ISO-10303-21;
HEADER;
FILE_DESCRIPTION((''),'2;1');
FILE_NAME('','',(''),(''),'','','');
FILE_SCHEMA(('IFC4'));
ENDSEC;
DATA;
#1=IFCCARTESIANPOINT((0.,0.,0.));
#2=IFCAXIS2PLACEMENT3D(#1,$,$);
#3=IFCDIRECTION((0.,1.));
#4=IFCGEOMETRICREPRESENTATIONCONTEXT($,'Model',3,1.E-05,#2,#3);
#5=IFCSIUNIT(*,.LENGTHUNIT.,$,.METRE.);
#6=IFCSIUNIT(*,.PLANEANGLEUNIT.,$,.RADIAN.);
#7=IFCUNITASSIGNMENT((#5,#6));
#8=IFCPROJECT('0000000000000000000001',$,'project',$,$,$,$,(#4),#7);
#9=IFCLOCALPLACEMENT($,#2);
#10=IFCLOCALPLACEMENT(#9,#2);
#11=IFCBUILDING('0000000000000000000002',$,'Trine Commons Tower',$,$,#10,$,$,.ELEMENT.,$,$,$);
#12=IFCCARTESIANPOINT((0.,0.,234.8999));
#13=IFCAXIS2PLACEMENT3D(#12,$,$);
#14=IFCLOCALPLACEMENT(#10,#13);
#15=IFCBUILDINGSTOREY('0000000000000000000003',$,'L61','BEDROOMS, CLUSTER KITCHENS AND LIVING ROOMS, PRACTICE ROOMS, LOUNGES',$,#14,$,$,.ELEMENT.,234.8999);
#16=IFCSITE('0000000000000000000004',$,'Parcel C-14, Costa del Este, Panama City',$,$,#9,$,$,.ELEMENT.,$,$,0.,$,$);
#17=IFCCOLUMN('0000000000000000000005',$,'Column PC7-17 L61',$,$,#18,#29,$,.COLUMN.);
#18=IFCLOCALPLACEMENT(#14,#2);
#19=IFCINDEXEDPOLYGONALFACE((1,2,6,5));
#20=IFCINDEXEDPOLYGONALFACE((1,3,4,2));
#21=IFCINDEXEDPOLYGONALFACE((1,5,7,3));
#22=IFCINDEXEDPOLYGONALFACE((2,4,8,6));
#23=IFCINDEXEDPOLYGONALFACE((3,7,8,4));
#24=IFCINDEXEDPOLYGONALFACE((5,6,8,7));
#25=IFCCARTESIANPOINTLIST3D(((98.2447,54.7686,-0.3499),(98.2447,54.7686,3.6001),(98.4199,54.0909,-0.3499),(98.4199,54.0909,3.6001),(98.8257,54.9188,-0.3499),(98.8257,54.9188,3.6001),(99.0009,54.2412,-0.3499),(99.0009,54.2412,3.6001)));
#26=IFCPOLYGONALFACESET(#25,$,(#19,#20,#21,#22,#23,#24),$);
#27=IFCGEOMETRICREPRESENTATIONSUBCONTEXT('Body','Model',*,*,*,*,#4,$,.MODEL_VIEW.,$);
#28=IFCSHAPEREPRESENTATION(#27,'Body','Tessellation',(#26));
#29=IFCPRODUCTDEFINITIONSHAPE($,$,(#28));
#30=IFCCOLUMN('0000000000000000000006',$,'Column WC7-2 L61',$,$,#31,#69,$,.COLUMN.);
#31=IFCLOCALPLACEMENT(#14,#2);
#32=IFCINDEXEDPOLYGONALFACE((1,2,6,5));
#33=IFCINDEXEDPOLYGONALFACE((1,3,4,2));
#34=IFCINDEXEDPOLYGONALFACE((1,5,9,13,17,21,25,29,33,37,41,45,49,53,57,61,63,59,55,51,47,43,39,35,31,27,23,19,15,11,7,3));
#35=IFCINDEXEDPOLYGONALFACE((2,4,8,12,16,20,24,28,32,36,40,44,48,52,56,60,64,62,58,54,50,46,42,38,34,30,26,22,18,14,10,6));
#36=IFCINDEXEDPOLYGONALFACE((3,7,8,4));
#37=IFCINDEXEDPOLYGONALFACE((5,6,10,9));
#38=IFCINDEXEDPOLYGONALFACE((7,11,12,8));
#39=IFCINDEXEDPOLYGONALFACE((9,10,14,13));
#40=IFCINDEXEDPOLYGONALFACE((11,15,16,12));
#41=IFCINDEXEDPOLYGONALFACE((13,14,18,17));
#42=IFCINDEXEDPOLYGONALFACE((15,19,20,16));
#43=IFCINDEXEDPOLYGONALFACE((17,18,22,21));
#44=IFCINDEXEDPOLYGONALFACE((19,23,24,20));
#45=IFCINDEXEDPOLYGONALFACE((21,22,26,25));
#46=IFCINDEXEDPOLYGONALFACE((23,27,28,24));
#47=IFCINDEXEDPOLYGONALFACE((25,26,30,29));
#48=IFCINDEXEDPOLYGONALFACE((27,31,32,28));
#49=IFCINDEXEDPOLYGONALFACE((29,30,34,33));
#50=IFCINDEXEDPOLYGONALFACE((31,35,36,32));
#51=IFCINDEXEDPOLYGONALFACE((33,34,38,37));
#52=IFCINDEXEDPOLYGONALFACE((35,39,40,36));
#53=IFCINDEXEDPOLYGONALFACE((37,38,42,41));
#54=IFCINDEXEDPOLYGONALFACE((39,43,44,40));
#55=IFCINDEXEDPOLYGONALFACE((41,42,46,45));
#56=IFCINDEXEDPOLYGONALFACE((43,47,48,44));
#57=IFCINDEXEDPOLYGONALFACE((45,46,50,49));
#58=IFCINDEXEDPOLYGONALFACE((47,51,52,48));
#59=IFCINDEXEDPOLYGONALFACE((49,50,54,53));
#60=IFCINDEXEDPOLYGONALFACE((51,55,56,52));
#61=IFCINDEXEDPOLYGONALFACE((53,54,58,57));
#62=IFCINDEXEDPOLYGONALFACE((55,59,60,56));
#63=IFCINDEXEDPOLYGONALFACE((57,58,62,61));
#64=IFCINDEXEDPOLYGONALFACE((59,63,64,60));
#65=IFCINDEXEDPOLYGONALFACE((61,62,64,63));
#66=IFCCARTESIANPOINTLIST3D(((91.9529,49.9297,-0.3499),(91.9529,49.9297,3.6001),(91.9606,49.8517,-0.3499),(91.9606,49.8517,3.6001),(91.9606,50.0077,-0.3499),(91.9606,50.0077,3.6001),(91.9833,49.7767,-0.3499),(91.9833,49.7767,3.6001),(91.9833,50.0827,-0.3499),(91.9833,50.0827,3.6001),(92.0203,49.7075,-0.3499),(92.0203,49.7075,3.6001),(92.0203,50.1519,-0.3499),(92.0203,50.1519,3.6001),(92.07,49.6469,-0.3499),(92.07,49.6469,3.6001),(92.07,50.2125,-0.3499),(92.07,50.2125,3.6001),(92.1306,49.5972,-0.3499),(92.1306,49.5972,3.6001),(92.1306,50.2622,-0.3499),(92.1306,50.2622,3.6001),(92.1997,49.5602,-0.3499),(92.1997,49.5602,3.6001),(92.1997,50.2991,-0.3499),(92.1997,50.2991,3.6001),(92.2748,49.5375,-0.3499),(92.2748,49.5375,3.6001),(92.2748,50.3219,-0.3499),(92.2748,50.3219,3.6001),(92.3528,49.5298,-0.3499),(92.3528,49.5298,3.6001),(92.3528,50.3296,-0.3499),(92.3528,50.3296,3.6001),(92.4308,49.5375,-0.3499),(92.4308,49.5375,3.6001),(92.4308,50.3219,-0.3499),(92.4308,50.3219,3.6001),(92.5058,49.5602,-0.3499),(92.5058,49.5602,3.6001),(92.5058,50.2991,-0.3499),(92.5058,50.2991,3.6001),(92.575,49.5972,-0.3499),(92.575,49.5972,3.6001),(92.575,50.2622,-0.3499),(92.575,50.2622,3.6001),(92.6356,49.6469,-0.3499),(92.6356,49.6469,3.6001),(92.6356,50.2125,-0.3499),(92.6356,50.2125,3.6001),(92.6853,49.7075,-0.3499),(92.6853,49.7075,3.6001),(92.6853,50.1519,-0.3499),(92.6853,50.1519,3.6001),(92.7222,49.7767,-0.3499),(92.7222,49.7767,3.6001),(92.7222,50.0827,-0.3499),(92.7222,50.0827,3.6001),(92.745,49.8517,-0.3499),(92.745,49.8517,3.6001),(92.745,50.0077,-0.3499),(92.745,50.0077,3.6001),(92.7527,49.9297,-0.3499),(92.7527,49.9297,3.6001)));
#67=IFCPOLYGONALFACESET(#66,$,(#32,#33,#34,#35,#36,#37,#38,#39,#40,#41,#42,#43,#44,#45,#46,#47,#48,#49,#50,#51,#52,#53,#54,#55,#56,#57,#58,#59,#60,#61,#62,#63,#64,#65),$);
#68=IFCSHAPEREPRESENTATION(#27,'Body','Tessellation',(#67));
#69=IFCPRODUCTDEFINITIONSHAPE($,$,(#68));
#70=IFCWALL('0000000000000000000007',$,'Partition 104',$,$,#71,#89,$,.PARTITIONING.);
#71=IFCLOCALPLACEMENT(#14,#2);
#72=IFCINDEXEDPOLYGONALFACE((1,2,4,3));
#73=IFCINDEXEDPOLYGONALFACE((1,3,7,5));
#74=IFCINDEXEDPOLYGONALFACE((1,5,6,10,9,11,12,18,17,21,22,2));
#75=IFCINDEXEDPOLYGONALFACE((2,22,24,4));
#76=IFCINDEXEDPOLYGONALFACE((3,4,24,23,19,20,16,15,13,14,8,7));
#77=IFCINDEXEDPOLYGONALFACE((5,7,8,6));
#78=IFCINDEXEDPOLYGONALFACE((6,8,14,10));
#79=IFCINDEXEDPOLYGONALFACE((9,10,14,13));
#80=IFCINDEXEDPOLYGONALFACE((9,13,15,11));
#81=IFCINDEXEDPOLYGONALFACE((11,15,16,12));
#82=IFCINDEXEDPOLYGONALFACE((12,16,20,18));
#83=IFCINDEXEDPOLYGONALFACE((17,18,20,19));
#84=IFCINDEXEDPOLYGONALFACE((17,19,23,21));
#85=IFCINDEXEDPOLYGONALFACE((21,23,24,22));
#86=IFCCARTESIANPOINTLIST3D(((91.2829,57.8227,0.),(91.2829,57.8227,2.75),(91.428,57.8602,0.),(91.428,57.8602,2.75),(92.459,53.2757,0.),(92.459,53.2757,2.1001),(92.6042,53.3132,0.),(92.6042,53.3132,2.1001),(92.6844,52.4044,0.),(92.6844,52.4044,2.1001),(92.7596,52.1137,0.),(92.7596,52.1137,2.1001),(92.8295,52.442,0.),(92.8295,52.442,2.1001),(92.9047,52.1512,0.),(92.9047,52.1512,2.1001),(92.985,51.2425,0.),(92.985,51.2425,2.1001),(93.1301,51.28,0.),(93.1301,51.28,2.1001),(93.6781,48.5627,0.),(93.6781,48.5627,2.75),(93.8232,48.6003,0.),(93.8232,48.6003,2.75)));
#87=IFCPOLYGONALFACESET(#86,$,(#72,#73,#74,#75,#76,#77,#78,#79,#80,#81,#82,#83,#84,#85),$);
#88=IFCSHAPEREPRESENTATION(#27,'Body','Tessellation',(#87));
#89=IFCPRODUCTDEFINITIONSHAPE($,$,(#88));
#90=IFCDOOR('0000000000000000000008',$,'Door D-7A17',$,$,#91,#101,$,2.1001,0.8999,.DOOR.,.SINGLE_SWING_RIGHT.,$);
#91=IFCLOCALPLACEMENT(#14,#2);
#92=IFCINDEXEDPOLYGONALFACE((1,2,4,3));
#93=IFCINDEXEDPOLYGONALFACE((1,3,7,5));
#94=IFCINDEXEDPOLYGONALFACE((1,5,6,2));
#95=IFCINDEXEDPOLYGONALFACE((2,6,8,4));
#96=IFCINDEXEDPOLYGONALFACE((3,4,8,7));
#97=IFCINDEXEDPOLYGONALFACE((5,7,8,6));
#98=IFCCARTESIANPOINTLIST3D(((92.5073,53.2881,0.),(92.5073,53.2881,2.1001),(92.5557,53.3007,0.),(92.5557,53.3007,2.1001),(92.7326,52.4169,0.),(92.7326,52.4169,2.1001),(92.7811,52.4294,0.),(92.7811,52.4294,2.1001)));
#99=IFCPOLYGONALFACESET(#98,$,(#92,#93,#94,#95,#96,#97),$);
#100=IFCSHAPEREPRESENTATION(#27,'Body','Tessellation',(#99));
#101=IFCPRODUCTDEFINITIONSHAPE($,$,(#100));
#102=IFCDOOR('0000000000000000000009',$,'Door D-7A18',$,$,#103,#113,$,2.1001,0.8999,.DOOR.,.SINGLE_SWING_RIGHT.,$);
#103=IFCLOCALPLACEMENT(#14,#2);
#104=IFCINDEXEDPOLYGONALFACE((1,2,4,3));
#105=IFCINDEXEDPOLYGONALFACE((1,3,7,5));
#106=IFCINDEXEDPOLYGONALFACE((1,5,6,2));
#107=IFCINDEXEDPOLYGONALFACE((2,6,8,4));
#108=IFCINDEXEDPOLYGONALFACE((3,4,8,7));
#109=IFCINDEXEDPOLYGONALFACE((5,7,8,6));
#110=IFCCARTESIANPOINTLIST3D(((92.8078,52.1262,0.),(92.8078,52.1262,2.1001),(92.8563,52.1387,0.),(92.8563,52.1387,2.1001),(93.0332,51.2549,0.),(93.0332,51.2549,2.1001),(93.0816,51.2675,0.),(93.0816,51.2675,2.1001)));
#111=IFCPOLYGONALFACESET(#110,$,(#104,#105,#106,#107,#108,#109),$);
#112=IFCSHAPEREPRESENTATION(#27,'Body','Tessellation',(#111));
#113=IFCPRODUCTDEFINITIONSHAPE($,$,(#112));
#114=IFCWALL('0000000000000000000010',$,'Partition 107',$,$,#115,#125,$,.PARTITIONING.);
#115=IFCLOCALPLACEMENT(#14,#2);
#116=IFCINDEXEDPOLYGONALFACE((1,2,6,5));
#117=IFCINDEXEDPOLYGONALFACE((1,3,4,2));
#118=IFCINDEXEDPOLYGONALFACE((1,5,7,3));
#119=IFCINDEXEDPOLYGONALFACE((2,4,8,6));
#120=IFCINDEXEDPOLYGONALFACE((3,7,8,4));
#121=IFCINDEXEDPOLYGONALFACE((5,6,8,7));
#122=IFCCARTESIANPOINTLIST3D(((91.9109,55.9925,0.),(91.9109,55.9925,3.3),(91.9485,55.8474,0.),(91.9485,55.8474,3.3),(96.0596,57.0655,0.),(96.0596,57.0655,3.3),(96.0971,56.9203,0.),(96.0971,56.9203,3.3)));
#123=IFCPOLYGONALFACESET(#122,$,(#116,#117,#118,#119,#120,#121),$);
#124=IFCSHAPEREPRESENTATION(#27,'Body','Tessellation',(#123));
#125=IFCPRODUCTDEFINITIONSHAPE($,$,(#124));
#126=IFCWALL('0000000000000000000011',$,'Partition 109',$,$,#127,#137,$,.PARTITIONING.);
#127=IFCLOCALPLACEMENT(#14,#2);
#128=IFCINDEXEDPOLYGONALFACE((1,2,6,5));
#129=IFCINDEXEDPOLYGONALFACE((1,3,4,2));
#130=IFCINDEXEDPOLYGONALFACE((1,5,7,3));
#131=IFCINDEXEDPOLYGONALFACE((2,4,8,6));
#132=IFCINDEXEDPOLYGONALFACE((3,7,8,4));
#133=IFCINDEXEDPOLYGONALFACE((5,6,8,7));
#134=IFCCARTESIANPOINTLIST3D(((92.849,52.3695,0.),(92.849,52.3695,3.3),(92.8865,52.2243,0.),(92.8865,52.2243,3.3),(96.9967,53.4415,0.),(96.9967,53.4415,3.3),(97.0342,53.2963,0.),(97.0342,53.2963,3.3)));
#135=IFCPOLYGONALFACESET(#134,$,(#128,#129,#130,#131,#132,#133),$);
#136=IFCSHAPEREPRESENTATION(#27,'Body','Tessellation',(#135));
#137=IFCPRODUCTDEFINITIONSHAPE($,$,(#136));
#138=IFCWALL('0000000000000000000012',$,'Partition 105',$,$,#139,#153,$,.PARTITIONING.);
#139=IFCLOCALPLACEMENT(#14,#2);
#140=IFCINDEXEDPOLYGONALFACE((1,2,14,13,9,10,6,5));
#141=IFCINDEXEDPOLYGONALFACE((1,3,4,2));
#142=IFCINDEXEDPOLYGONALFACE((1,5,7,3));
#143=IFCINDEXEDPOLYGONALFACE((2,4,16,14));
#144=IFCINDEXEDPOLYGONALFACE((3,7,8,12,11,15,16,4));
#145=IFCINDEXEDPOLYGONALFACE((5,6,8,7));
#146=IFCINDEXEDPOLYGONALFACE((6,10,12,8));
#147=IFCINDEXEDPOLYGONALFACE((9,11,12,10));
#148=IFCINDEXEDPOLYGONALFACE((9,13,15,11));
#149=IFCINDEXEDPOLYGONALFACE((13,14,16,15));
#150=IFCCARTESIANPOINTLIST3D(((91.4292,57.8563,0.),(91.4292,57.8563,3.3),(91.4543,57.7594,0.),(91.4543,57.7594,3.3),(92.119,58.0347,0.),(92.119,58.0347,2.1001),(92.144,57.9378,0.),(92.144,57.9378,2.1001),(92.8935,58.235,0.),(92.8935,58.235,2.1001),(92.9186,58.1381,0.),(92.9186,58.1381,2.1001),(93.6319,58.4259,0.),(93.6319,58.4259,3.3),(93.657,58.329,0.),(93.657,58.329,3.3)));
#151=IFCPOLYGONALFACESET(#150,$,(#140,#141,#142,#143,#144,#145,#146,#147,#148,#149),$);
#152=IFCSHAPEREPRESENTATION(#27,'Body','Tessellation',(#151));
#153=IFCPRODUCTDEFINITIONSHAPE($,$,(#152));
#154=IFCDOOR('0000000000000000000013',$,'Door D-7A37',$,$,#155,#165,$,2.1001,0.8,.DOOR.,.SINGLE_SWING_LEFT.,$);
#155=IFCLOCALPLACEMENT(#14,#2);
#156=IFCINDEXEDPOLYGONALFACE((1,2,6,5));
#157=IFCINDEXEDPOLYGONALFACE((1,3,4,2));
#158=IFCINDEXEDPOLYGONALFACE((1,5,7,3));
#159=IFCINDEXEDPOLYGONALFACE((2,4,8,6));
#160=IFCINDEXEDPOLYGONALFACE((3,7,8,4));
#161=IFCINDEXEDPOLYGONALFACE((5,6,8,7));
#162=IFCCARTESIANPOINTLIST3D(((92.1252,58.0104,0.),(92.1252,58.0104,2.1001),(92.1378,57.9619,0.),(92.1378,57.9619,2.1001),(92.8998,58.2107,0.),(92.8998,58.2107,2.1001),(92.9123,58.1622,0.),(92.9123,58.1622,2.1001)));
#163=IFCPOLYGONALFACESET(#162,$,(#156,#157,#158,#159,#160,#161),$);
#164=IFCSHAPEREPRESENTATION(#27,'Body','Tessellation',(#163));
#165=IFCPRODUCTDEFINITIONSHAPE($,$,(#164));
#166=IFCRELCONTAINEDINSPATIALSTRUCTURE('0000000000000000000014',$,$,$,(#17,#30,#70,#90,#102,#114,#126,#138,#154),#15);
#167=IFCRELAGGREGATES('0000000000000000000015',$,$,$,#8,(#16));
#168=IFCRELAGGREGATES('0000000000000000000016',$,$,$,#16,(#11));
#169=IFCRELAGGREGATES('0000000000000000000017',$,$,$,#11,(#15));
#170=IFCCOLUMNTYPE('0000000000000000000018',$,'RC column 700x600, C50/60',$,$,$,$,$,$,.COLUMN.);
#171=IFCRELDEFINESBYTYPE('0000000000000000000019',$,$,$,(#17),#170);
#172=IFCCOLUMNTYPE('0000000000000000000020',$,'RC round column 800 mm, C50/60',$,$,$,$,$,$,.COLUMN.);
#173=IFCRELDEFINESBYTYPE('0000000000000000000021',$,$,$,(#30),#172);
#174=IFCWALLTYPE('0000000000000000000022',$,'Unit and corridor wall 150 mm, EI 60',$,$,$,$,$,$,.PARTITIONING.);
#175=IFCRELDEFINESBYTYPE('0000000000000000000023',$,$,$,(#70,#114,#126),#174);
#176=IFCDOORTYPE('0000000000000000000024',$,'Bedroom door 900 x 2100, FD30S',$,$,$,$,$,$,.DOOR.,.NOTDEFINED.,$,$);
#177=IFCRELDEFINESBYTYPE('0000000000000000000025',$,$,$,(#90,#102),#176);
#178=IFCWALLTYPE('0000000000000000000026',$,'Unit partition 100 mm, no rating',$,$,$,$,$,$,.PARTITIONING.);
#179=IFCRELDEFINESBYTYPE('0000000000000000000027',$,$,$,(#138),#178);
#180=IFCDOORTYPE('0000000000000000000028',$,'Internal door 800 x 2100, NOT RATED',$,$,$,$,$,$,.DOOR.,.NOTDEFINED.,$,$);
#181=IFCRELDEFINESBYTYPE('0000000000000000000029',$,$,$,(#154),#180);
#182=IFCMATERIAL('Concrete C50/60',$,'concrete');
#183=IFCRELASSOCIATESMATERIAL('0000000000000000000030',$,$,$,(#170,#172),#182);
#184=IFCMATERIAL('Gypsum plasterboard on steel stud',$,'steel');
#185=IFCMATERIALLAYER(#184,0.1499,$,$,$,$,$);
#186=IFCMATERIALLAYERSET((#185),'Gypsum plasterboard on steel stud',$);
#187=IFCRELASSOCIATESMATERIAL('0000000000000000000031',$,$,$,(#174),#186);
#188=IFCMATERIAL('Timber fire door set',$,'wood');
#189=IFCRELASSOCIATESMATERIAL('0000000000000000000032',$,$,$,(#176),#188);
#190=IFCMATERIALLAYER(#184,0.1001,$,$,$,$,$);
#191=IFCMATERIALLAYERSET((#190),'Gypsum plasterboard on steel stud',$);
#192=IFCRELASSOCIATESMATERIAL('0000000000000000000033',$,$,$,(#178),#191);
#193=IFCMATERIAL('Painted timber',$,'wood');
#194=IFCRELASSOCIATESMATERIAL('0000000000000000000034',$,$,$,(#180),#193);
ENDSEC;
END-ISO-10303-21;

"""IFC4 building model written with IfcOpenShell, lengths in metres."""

from ifc_helpers import new_model, si_unit, direction, frame, frame_2d, origin, origin_2d, place, context, subcontext, project, spatial, rectangle, circle, extrude, material, layer, layer_set, material_profile, profile_set, type_object, element, fill, save


model = new_model("IFC4")

# Units and contexts
model_context = context("Model", 3, precision=1e-05, world=origin(), true_north=direction((0.0, 1.0)))
body_context = subcontext(model_context, "Body", "Model", "MODEL_VIEW")
ifc_project = project(units=[si_unit("LENGTHUNIT", "METRE"), si_unit("PLANEANGLEUNIT", "RADIAN")], contexts=[model_context])

# Site, building, storey
site_placement = place(None, origin())
site = spatial("IfcSite", under=ifc_project, at=site_placement, Name="Parcel C-14, Costa del Este, Panama City", CompositionType="ELEMENT", RefElevation=0.0)
building_placement = place(site_placement, origin())
building = spatial("IfcBuilding", under=site, at=building_placement, Name="Trine Commons Tower", CompositionType="ELEMENT")
storey_placement = place(building_placement, frame((0.0, 0.0, 234.8999)))
storey = spatial("IfcBuildingStorey", under=building, at=storey_placement, Name="L61", Description="BEDROOMS, CLUSTER KITCHENS AND LIVING ROOMS, PRACTICE ROOMS, LOUNGES", CompositionType="ELEMENT", Elevation=234.8999)

# Columns
ifc_material_1 = material(Name="Concrete C50/60", Category="concrete")
ifc_material_profile_1 = material_profile(ifc_material_1, rectangle(XDim=0.7, YDim=0.6001, at=origin_2d()), Name="RC 700x600")
ifc_profile_set_1 = profile_set([ifc_material_profile_1], Name="Concrete C50/60")
column_type_1 = type_object("IfcColumnType", Name="RC column 700x600, C50/60", PredefinedType="COLUMN", material=ifc_profile_set_1)
column_1_placement = place(storey_placement, frame((98.6228, 54.5049, -0.3499), z_axis=(0.0, 0.0, 1.0), x_axis=(-0.25038, 0.968148, 0.0)))
element("IfcColumn", 1, at=column_1_placement, inside=storey, type_object=column_type_1, Name="Column PC7-17 L61", PredefinedType="COLUMN", context=body_context, shape_type="SweptSolid", body=[
    extrude(rectangle(XDim=0.7, YDim=0.6001, at=origin_2d()), origin(), (0.0, 0.0, 1.0), 3.95),
])
ifc_material_profile_2 = material_profile(ifc_material_1, circle(Radius=0.3999, at=origin_2d()), Name="RC round 800")
ifc_profile_set_2 = profile_set([ifc_material_profile_2], Name="Concrete C50/60")
column_type_2 = type_object("IfcColumnType", Name="RC round column 800 mm, C50/60", PredefinedType="COLUMN", material=ifc_profile_set_2)
column_2_placement = place(storey_placement, frame((92.3528, 49.9297, -0.3499), z_axis=(0.0, 0.0, 1.0), x_axis=(1.0, 0.0, 0.0)))
element("IfcColumn", 2, at=column_2_placement, inside=storey, type_object=column_type_2, Name="Column WC7-2 L61", PredefinedType="COLUMN", context=body_context, shape_type="SweptSolid", body=[
    extrude(circle(Radius=0.3999, at=origin_2d()), origin(), (0.0, 0.0, 1.0), 3.95),
])

# Wall, openings, doors
ifc_material_2 = material(Name="Gypsum plasterboard on steel stud", Category="steel")
ifc_layer_1 = layer(ifc_material_2, 0.1499)
ifc_layer_set_1 = layer_set([ifc_layer_1], Name="Gypsum plasterboard on steel stud")
wall_type_1 = type_object("IfcWallType", Name="Unit and corridor wall 150 mm, EI 60", PredefinedType="PARTITIONING", material=ifc_layer_set_1)
wall_1_placement = place(storey_placement, frame((91.3555, 57.8413, 0.0), z_axis=(0.0, 0.0, 1.0), x_axis=(0.250425, -0.968136, 0.0)))
wall_1 = element("IfcWall", 3, at=wall_1_placement, inside=storey, type_object=wall_type_1, Name="Partition 104", PredefinedType="PARTITIONING", context=body_context, shape_type="SweptSolid", body=[
    extrude(rectangle(XDim=9.5647, YDim=0.1499, at=frame_2d((4.7822, 0.0))), origin(), (0.0, 0.0, 1.0), 2.75),
])
opening_1_placement = place(wall_1_placement, frame((4.6965, 0.0, 0.0)))
opening_1 = element("IfcOpeningElement", 4, at=opening_1_placement, cuts=wall_1, PredefinedType="OPENING", context=body_context, shape_type="SweptSolid", body=[
    extrude(rectangle(XDim=0.8999, YDim=2.1001, at=frame_2d((0.45, 1.05))), frame((0.0, 0.085, 0.0), z_axis=(0.0, -1.0, 0.0), x_axis=(1.0, 0.0, 0.0)), (0.0, 0.0, 1.0), 0.1699),
])
opening_2_placement = place(wall_1_placement, frame((5.8967, 0.0, 0.0)))
opening_2 = element("IfcOpeningElement", 5, at=opening_2_placement, cuts=wall_1, PredefinedType="OPENING", context=body_context, shape_type="SweptSolid", body=[
    extrude(rectangle(XDim=0.8999, YDim=2.1001, at=frame_2d((0.45, 1.05))), frame((0.0, 0.085, 0.0), z_axis=(0.0, -1.0, 0.0), x_axis=(1.0, 0.0, 0.0)), (0.0, 0.0, 1.0), 0.1699),
])
ifc_material_3 = material(Name="Timber fire door set", Category="wood")
door_type_1 = type_object("IfcDoorType", Name="Bedroom door 900 x 2100, FD30S", OperationType="NOTDEFINED", PredefinedType="DOOR", material=ifc_material_3)
door_1_placement = place(opening_1_placement, origin())
door_1 = element("IfcDoor", 6, at=door_1_placement, inside=storey, type_object=door_type_1, Name="Door D-7A17", OperationType="SINGLE_SWING_RIGHT", OverallHeight=2.1001, OverallWidth=0.8999, PredefinedType="DOOR", context=body_context, shape_type="SweptSolid", body=[
    extrude(rectangle(XDim=0.8999, YDim=2.1001, at=frame_2d((0.45, 1.05))), frame((0.0, 0.0249, 0.0), z_axis=(0.0, -1.0, 0.0), x_axis=(1.0, 0.0, 0.0)), (0.0, 0.0, 1.0), 0.05),
])
fill(opening_1, door_1)
door_2_placement = place(opening_2_placement, origin())
door_2 = element("IfcDoor", 7, at=door_2_placement, inside=storey, type_object=door_type_1, Name="Door D-7A18", OperationType="SINGLE_SWING_RIGHT", OverallHeight=2.1001, OverallWidth=0.8999, PredefinedType="DOOR", context=body_context, shape_type="SweptSolid", body=[
    extrude(rectangle(XDim=0.8999, YDim=2.1001, at=frame_2d((0.45, 1.05))), frame((0.0, 0.0249, 0.0), z_axis=(0.0, -1.0, 0.0), x_axis=(1.0, 0.0, 0.0)), (0.0, 0.0, 1.0), 0.05),
])
fill(opening_2, door_2)

# Walls
wall_2_placement = place(storey_placement, frame((91.9297, 55.9199, 0.0), z_axis=(0.0, 0.0, 1.0), x_axis=(0.968143, 0.250397, 0.0)))
element("IfcWall", 8, at=wall_2_placement, inside=storey, type_object=wall_type_1, Name="Partition 107", PredefinedType="PARTITIONING", context=body_context, shape_type="SweptSolid", body=[
    extrude(rectangle(XDim=4.2852, YDim=0.1499, at=frame_2d((2.1426, 0.0))), origin(), (0.0, 0.0, 1.0), 3.3),
])
wall_3_placement = place(storey_placement, frame((92.8677, 52.2969, 0.0), z_axis=(0.0, 0.0, 1.0), x_axis=(0.968184, 0.250238, 0.0)))
element("IfcWall", 9, at=wall_3_placement, inside=storey, type_object=wall_type_1, Name="Partition 109", PredefinedType="PARTITIONING", context=body_context, shape_type="SweptSolid", body=[
    extrude(rectangle(XDim=4.2839, YDim=0.1499, at=frame_2d((2.1421, 0.0))), origin(), (0.0, 0.0, 1.0), 3.3),
])

# Wall, opening, door
ifc_layer_2 = layer(ifc_material_2, 0.1001)
ifc_layer_set_2 = layer_set([ifc_layer_2], Name="Gypsum plasterboard on steel stud")
wall_type_2 = type_object("IfcWallType", Name="Unit partition 100 mm, no rating", PredefinedType="PARTITIONING", material=ifc_layer_set_2)
wall_4_placement = place(storey_placement, frame((91.4417, 57.8079, 0.0), z_axis=(0.0, 0.0, 1.0), x_axis=(0.968154, 0.250355, 0.0)))
wall_4 = element("IfcWall", 10, at=wall_4_placement, inside=storey, type_object=wall_type_2, Name="Partition 105", PredefinedType="PARTITIONING", context=body_context, shape_type="SweptSolid", body=[
    extrude(rectangle(XDim=2.2751, YDim=0.1001, at=frame_2d((1.1377, 0.0))), origin(), (0.0, 0.0, 1.0), 3.3),
])
opening_3_placement = place(wall_4_placement, frame((0.7126, 0.0, 0.0)))
opening_3 = element("IfcOpeningElement", 11, at=opening_3_placement, cuts=wall_4, PredefinedType="OPENING", context=body_context, shape_type="SweptSolid", body=[
    extrude(rectangle(XDim=0.8, YDim=2.1001, at=frame_2d((0.3999, 1.05))), frame((0.0, 0.0601, 0.0), z_axis=(0.0, -1.0, 0.0), x_axis=(1.0, 0.0, 0.0)), (0.0, 0.0, 1.0), 0.1201),
])
ifc_material_4 = material(Name="Painted timber", Category="wood")
door_type_2 = type_object("IfcDoorType", Name="Internal door 800 x 2100, NOT RATED", OperationType="NOTDEFINED", PredefinedType="DOOR", material=ifc_material_4)
door_3_placement = place(opening_3_placement, origin())
door_3 = element("IfcDoor", 12, at=door_3_placement, inside=storey, type_object=door_type_2, Name="Door D-7A37", OperationType="SINGLE_SWING_LEFT", OverallHeight=2.1001, OverallWidth=0.8, PredefinedType="DOOR", context=body_context, shape_type="SweptSolid", body=[
    extrude(rectangle(XDim=0.8, YDim=2.1001, at=frame_2d((0.3999, 1.05))), frame((0.0, 0.0249, 0.0), z_axis=(0.0, -1.0, 0.0), x_axis=(1.0, 0.0, 0.0)), (0.0, 0.0, 1.0), 0.05),
])
fill(opening_3, door_3)

save(model, "model.ifc")
